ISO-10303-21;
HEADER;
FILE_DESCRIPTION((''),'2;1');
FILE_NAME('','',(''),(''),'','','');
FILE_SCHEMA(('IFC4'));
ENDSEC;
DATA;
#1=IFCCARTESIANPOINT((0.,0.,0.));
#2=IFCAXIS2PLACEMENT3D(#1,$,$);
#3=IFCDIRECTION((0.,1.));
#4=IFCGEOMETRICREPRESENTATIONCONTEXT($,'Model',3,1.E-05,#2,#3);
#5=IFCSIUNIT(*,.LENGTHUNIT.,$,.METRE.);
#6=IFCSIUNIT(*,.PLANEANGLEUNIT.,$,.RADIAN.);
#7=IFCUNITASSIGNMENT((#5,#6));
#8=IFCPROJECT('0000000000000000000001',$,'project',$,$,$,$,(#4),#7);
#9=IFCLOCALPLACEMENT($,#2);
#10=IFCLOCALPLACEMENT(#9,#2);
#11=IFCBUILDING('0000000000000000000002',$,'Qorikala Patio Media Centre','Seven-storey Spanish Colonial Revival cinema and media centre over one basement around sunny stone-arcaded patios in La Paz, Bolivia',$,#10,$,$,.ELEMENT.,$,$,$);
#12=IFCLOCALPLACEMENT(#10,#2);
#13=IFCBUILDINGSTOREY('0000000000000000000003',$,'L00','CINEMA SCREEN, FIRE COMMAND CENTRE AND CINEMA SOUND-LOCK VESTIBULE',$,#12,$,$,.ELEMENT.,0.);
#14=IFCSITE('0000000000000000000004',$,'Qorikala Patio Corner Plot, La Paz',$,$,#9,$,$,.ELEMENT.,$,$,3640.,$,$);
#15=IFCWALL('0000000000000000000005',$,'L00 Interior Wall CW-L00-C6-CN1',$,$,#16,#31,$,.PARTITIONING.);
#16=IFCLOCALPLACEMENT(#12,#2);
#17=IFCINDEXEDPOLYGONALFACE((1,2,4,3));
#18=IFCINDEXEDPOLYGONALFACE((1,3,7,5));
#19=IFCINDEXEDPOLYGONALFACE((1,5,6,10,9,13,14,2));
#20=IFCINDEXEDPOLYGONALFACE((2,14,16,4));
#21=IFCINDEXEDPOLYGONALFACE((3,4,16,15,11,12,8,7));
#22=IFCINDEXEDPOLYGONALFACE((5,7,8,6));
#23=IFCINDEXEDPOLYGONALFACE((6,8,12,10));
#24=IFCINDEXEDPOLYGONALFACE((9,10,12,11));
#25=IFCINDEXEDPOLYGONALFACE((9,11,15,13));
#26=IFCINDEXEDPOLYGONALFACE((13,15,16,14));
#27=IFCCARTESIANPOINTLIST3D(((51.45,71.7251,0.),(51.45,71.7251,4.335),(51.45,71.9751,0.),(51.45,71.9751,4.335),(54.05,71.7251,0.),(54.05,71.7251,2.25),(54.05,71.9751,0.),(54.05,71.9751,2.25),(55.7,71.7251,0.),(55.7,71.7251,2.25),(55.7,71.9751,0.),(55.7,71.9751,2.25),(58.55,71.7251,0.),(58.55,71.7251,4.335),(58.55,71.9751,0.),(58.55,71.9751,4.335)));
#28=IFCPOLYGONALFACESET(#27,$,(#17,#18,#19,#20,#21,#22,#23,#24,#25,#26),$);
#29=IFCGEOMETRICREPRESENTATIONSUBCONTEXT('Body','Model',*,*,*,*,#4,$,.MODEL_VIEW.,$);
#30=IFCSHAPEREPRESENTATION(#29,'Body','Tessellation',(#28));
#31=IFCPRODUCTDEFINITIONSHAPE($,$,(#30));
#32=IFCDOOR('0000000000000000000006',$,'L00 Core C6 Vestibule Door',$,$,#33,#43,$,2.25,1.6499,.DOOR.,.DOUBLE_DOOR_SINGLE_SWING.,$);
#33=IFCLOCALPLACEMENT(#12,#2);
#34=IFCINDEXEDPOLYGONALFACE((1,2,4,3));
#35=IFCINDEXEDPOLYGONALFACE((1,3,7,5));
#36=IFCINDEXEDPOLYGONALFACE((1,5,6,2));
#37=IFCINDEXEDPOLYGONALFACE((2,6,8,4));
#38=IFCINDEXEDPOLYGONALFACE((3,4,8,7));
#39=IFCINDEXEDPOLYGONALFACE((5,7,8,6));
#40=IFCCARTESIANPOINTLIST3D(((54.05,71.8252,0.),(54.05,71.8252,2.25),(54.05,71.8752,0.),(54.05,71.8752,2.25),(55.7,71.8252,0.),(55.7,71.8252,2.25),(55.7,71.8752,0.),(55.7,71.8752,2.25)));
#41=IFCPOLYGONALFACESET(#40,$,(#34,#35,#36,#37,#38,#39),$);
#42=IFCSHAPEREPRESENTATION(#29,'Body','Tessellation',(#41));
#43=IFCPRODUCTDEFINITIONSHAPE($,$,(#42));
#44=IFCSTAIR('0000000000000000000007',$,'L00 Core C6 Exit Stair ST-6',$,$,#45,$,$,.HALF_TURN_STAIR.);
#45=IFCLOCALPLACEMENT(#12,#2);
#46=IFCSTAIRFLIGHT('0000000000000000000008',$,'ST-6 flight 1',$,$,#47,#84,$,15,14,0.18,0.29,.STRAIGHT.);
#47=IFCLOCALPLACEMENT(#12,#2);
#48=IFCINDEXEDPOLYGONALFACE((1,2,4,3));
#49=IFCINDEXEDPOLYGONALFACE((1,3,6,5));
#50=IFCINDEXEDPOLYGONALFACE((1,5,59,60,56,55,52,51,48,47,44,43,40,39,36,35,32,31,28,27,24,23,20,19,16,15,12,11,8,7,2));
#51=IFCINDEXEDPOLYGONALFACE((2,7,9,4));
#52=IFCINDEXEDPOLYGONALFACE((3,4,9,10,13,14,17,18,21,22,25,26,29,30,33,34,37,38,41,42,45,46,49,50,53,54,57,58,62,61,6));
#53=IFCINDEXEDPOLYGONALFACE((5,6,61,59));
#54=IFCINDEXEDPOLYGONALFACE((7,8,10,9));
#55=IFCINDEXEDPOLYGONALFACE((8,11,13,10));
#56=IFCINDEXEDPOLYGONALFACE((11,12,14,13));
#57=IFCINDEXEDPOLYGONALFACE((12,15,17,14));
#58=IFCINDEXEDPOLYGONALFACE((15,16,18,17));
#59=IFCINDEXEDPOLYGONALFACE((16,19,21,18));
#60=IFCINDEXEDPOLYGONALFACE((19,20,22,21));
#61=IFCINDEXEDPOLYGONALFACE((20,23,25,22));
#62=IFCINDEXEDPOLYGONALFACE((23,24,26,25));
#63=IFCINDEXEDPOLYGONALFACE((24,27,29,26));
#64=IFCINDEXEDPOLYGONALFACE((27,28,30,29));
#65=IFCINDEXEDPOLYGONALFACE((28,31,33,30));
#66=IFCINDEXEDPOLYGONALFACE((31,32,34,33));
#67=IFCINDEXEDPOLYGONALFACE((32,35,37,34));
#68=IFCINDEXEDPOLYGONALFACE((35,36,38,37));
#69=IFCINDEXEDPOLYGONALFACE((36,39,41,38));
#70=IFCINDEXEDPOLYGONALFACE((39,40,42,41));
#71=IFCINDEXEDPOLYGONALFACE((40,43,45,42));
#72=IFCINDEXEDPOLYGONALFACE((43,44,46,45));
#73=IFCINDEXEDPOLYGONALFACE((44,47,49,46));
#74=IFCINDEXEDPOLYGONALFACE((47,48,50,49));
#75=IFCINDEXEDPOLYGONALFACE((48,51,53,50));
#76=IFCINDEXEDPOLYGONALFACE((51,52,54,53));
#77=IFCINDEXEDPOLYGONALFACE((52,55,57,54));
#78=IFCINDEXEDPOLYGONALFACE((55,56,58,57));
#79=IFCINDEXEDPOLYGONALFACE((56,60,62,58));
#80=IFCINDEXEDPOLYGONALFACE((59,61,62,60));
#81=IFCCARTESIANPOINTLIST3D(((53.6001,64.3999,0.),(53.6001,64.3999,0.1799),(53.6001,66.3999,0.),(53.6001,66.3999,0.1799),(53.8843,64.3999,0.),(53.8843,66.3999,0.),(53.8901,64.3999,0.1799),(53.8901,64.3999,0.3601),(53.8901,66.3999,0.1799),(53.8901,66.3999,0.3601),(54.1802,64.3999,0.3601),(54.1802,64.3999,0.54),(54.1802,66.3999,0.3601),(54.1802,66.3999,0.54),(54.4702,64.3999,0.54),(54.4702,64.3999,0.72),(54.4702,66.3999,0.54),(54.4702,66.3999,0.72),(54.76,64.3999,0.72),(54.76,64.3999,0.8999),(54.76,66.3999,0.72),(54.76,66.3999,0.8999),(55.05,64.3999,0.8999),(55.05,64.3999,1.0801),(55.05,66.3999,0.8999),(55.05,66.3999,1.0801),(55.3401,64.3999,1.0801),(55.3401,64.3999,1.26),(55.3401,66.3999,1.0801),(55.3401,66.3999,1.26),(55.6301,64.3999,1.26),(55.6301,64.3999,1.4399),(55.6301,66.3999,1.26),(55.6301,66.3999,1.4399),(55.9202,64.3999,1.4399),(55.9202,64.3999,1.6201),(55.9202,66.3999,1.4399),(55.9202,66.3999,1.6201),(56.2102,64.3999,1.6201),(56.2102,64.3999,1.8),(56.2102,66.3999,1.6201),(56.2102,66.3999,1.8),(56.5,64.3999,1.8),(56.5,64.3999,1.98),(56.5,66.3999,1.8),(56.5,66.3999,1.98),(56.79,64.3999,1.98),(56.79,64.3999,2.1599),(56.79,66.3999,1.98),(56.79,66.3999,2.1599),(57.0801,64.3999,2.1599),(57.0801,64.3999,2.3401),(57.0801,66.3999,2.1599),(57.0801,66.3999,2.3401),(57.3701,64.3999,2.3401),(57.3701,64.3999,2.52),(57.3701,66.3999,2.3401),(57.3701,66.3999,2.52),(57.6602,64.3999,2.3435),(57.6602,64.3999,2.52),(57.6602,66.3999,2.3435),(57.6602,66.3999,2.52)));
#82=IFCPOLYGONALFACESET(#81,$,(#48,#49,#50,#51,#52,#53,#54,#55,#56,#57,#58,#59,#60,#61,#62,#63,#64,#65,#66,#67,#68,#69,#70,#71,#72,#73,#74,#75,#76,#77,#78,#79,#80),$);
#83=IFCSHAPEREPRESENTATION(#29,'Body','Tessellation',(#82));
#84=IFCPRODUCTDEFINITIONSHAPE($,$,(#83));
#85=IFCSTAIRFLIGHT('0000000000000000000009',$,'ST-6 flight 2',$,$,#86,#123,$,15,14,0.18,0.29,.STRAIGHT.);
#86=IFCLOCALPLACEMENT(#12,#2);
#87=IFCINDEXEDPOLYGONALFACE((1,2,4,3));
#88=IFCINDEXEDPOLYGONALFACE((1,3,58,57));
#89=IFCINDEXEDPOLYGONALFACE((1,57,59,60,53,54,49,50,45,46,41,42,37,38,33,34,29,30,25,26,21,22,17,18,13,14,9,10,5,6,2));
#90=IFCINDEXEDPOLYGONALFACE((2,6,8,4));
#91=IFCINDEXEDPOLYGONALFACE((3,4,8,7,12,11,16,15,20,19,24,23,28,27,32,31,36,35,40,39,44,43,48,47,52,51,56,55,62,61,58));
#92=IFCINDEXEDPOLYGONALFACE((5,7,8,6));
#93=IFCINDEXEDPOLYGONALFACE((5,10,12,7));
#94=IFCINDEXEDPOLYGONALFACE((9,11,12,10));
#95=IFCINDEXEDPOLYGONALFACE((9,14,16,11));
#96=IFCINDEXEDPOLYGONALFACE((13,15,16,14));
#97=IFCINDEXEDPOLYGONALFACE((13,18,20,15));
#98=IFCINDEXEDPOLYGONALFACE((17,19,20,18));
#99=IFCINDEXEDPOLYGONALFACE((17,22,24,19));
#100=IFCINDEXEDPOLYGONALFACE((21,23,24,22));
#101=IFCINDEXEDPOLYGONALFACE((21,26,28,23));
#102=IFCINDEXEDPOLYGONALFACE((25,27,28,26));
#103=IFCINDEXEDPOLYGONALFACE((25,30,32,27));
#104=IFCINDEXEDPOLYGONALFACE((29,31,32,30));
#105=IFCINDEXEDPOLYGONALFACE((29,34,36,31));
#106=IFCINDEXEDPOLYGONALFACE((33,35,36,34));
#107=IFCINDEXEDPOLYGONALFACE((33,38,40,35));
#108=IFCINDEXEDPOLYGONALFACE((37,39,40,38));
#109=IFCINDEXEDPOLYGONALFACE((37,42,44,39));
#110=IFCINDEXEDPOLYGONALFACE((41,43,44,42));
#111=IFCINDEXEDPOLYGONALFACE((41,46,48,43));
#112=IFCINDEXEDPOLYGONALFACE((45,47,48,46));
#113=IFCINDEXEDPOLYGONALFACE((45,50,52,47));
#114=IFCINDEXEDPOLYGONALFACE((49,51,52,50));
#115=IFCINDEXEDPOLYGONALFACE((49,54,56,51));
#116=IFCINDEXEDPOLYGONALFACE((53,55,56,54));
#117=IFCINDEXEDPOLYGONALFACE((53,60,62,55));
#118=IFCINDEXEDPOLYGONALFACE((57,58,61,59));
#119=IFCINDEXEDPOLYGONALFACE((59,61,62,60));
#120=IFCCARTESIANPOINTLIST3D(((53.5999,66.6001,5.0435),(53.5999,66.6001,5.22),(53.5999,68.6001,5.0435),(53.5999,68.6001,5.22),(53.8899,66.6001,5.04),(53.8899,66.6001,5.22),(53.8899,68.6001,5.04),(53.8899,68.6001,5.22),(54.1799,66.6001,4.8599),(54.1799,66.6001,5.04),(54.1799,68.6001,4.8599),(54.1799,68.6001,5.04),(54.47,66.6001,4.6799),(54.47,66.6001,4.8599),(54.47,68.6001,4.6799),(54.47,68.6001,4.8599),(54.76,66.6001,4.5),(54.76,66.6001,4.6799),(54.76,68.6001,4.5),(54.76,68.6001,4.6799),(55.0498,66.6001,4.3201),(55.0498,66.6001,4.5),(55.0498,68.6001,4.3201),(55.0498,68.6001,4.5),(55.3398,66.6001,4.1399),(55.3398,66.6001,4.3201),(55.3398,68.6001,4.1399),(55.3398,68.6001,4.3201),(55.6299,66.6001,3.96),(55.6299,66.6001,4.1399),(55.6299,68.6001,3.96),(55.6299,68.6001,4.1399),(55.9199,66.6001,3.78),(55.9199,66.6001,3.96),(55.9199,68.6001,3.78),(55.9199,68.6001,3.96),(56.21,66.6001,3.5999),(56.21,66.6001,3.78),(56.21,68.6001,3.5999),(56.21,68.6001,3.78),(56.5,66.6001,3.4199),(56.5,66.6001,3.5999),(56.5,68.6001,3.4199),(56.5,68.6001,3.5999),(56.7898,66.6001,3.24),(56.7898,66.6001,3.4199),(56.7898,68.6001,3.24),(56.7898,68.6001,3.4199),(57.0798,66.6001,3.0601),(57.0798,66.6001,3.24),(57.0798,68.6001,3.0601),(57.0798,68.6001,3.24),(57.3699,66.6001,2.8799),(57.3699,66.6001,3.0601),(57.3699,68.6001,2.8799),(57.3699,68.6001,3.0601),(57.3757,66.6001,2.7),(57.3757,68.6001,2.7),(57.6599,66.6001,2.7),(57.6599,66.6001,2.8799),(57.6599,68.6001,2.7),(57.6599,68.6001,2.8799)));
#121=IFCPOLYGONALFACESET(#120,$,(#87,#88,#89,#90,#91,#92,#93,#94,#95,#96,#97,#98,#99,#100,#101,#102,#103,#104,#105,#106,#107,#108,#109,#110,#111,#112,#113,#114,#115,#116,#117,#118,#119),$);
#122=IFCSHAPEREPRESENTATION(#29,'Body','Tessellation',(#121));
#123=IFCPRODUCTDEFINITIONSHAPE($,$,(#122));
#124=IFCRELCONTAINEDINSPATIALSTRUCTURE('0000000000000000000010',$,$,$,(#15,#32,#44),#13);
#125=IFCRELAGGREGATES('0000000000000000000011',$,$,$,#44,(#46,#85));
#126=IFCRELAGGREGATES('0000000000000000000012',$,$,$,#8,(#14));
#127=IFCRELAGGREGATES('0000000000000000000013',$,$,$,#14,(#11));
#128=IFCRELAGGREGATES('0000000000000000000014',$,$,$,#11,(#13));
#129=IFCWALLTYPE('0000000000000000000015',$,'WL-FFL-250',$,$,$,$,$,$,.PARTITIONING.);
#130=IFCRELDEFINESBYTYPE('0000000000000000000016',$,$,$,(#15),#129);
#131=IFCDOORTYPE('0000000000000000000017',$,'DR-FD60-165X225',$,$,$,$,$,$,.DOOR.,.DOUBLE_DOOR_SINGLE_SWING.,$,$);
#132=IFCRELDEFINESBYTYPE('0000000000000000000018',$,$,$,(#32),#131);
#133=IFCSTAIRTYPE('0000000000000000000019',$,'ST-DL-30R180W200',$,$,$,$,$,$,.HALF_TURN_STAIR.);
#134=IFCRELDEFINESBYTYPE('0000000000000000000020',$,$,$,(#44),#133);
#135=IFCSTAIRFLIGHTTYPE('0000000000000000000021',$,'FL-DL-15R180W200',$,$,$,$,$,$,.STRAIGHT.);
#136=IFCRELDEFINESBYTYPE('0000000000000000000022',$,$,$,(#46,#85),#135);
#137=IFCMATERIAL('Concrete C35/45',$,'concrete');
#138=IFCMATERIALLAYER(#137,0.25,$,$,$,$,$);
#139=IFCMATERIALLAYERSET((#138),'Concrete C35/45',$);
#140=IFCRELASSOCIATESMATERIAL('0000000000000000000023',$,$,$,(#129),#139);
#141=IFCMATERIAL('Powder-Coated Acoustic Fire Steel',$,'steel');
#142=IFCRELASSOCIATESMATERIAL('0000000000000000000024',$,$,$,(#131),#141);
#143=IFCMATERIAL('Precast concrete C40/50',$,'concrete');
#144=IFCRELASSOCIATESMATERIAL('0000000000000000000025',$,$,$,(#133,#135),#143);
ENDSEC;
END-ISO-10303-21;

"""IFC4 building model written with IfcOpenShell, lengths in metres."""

from ifc_helpers import new_model, si_unit, direction, frame, frame_2d, origin, place, context, subcontext, project, spatial, polyline, rectangle, outline, extrude, material, layer, layer_set, type_object, element, fill, aggregate, save


model = new_model("IFC4")

# Units and contexts
model_context = context("Model", 3, precision=1e-05, world=origin(), true_north=direction((0.0, 1.0)))
body_context = subcontext(model_context, "Body", "Model", "MODEL_VIEW")
ifc_project = project(units=[si_unit("LENGTHUNIT", "METRE"), si_unit("PLANEANGLEUNIT", "RADIAN")], contexts=[model_context])

# Site, building, storey
site_placement = place(None, origin())
site = spatial("IfcSite", under=ifc_project, at=site_placement, Name="Qorikala Patio Corner Plot, La Paz", CompositionType="ELEMENT", RefElevation=3640.0)
building_placement = place(site_placement, origin())
building = spatial("IfcBuilding", under=site, at=building_placement, Name="Qorikala Patio Media Centre", Description="Seven-storey Spanish Colonial Revival cinema and media centre over one basement around sunny stone-arcaded patios in La Paz, Bolivia", CompositionType="ELEMENT")
storey_placement = place(building_placement, origin())
storey = spatial("IfcBuildingStorey", under=building, at=storey_placement, Name="L00", Description="CINEMA SCREEN, FIRE COMMAND CENTRE AND CINEMA SOUND-LOCK VESTIBULE", CompositionType="ELEMENT", Elevation=0.0)

# Shared definitions
ifc_material_1 = material(Name="Concrete C35/45", Category="concrete")

# Wall, opening, door
ifc_material_2 = material(Name="Powder-Coated Acoustic Fire Steel", Category="steel")
ifc_layer_1 = layer(ifc_material_1, 0.25)
ifc_layer_set_1 = layer_set([ifc_layer_1], Name="Concrete C35/45")
wall_type_1 = type_object("IfcWallType", Name="WL-FFL-250", PredefinedType="PARTITIONING", material=ifc_layer_set_1)
wall_1_placement = place(storey_placement, frame((51.45, 71.8501, 0.0), z_axis=(0.0, 0.0, 1.0), x_axis=(1.0, 0.0, 0.0)))
wall_1 = element("IfcWall", 1, at=wall_1_placement, inside=storey, type_object=wall_type_1, Name="L00 Interior Wall CW-L00-C6-CN1", PredefinedType="PARTITIONING", context=body_context, shape_type="SweptSolid", body=[
    extrude(rectangle(XDim=7.1001, YDim=0.25, at=frame_2d((3.55, 0.0))), origin(), (0.0, 0.0, 1.0), 4.335),
])
opening_1_placement = place(wall_1_placement, frame((2.6001, 0.0, 0.0)))
opening_1 = element("IfcOpeningElement", 2, at=opening_1_placement, cuts=wall_1, PredefinedType="OPENING", context=body_context, shape_type="SweptSolid", body=[
    extrude(rectangle(XDim=1.6499, YDim=2.25, at=frame_2d((0.825, 1.125))), frame((0.0, 0.135, 0.0), z_axis=(0.0, -1.0, 0.0), x_axis=(1.0, 0.0, 0.0)), (0.0, 0.0, 1.0), 0.27),
])
door_type_1 = type_object("IfcDoorType", Name="DR-FD60-165X225", OperationType="DOUBLE_DOOR_SINGLE_SWING", PredefinedType="DOOR", material=ifc_material_2)
door_1_placement = place(opening_1_placement, frame((1.6499, 0.0, 0.0), z_axis=(0.0, 0.0, 1.0), x_axis=(-1.0, 0.0, 0.0)))
door_1 = element("IfcDoor", 3, at=door_1_placement, inside=storey, type_object=door_type_1, Name="L00 Core C6 Vestibule Door", OperationType="DOUBLE_DOOR_SINGLE_SWING", OverallHeight=2.25, OverallWidth=1.6499, PredefinedType="DOOR", context=body_context, shape_type="SweptSolid", body=[
    extrude(rectangle(XDim=1.6499, YDim=2.25, at=frame_2d((0.825, 1.125))), frame((0.0, 0.0249, 0.0), z_axis=(0.0, -1.0, 0.0), x_axis=(1.0, 0.0, 0.0)), (0.0, 0.0, 1.0), 0.05),
])
fill(opening_1, door_1)

# Stair, stair flights
ifc_material_3 = material(Name="Precast concrete C40/50", Category="concrete")
stair_type = type_object("IfcStairType", Name="ST-DL-30R180W200", PredefinedType="HALF_TURN_STAIR", material=ifc_material_3)
stair_placement = place(storey_placement, origin())
stair = element("IfcStair", 4, at=stair_placement, inside=storey, type_object=stair_type, Name="L00 Core C6 Exit Stair ST-6", PredefinedType="HALF_TURN_STAIR")
stair_flight_type = type_object("IfcStairFlightType", Name="FL-DL-15R180W200", PredefinedType="STRAIGHT", material=ifc_material_3)
stair_flight_1_placement = place(storey_placement, frame((53.6001, 65.3999, 0.0), z_axis=(0.0, 0.0, 1.0), x_axis=(1.0, 0.0, 0.0)))
stair_flight_1 = element("IfcStairFlight", 5, at=stair_flight_1_placement, type_object=stair_flight_type, Name="ST-6 flight 1", NumberOfRisers=15, NumberOfTreads=14, PredefinedType="STRAIGHT", RiserHeight=0.18, TreadLength=0.29, context=body_context, shape_type="SweptSolid", body=[
    extrude(outline(polyline([(0.0, 0.0), (0.0, 0.1799), (0.29, 0.1799), (0.29, 0.3601), (0.5801, 0.3601), (0.5801, 0.54), (0.8701, 0.54), (0.8701, 0.72), (1.1599, 0.72), (1.1599, 0.8999), (1.45, 0.8999), (1.45, 1.0801), (1.74, 1.0801), (1.74, 1.26), (2.03, 1.26), (2.03, 1.4399), (2.3201, 1.4399), (2.3201, 1.6201), (2.6101, 1.6201), (2.6101, 1.8), (2.8999, 1.8), (2.8999, 1.98), (3.1899, 1.98), (3.1899, 2.1599), (3.48, 2.1599), (3.48, 2.3401), (3.77, 2.3401), (3.77, 2.52), (4.0601, 2.52), (4.0601, 2.7), (4.0601, 2.3435), (0.2842, 0.0), (0.0, 0.0)])), frame((0.0, 1.0, 0.0), z_axis=(0.0, -1.0, 0.0), x_axis=(1.0, 0.0, 0.0)), (0.0, 0.0, 1.0), 2.0),
])
stair_flight_2_placement = place(storey_placement, frame((57.6599, 67.6001, 2.7), z_axis=(0.0, 0.0, 1.0), x_axis=(-1.0, 0.0, 0.0)))
stair_flight_2 = element("IfcStairFlight", 6, at=stair_flight_2_placement, type_object=stair_flight_type, Name="ST-6 flight 2", NumberOfRisers=15, NumberOfTreads=14, PredefinedType="STRAIGHT", RiserHeight=0.18, TreadLength=0.29, context=body_context, shape_type="SweptSolid", body=[
    extrude(outline(polyline([(0.0, 0.0), (0.0, 0.1799), (0.29, 0.1799), (0.29, 0.3601), (0.5801, 0.3601), (0.5801, 0.54), (0.8701, 0.54), (0.8701, 0.72), (1.1599, 0.72), (1.1599, 0.8999), (1.45, 0.8999), (1.45, 1.0801), (1.74, 1.0801), (1.74, 1.26), (2.03, 1.26), (2.03, 1.4399), (2.3201, 1.4399), (2.3201, 1.6201), (2.6101, 1.6201), (2.6101, 1.8), (2.8999, 1.8), (2.8999, 1.98), (3.1899, 1.98), (3.1899, 2.1599), (3.48, 2.1599), (3.48, 2.3401), (3.77, 2.3401), (3.77, 2.52), (4.0601, 2.52), (4.0601, 2.7), (4.0601, 2.3435), (0.2842, 0.0), (0.0, 0.0)])), frame((0.0, 1.0, 0.0), z_axis=(0.0, -1.0, 0.0), x_axis=(1.0, 0.0, 0.0)), (0.0, 0.0, 1.0), 2.0),
])
aggregate(stair, [stair_flight_1, stair_flight_2])

save(model, "model.ifc")
